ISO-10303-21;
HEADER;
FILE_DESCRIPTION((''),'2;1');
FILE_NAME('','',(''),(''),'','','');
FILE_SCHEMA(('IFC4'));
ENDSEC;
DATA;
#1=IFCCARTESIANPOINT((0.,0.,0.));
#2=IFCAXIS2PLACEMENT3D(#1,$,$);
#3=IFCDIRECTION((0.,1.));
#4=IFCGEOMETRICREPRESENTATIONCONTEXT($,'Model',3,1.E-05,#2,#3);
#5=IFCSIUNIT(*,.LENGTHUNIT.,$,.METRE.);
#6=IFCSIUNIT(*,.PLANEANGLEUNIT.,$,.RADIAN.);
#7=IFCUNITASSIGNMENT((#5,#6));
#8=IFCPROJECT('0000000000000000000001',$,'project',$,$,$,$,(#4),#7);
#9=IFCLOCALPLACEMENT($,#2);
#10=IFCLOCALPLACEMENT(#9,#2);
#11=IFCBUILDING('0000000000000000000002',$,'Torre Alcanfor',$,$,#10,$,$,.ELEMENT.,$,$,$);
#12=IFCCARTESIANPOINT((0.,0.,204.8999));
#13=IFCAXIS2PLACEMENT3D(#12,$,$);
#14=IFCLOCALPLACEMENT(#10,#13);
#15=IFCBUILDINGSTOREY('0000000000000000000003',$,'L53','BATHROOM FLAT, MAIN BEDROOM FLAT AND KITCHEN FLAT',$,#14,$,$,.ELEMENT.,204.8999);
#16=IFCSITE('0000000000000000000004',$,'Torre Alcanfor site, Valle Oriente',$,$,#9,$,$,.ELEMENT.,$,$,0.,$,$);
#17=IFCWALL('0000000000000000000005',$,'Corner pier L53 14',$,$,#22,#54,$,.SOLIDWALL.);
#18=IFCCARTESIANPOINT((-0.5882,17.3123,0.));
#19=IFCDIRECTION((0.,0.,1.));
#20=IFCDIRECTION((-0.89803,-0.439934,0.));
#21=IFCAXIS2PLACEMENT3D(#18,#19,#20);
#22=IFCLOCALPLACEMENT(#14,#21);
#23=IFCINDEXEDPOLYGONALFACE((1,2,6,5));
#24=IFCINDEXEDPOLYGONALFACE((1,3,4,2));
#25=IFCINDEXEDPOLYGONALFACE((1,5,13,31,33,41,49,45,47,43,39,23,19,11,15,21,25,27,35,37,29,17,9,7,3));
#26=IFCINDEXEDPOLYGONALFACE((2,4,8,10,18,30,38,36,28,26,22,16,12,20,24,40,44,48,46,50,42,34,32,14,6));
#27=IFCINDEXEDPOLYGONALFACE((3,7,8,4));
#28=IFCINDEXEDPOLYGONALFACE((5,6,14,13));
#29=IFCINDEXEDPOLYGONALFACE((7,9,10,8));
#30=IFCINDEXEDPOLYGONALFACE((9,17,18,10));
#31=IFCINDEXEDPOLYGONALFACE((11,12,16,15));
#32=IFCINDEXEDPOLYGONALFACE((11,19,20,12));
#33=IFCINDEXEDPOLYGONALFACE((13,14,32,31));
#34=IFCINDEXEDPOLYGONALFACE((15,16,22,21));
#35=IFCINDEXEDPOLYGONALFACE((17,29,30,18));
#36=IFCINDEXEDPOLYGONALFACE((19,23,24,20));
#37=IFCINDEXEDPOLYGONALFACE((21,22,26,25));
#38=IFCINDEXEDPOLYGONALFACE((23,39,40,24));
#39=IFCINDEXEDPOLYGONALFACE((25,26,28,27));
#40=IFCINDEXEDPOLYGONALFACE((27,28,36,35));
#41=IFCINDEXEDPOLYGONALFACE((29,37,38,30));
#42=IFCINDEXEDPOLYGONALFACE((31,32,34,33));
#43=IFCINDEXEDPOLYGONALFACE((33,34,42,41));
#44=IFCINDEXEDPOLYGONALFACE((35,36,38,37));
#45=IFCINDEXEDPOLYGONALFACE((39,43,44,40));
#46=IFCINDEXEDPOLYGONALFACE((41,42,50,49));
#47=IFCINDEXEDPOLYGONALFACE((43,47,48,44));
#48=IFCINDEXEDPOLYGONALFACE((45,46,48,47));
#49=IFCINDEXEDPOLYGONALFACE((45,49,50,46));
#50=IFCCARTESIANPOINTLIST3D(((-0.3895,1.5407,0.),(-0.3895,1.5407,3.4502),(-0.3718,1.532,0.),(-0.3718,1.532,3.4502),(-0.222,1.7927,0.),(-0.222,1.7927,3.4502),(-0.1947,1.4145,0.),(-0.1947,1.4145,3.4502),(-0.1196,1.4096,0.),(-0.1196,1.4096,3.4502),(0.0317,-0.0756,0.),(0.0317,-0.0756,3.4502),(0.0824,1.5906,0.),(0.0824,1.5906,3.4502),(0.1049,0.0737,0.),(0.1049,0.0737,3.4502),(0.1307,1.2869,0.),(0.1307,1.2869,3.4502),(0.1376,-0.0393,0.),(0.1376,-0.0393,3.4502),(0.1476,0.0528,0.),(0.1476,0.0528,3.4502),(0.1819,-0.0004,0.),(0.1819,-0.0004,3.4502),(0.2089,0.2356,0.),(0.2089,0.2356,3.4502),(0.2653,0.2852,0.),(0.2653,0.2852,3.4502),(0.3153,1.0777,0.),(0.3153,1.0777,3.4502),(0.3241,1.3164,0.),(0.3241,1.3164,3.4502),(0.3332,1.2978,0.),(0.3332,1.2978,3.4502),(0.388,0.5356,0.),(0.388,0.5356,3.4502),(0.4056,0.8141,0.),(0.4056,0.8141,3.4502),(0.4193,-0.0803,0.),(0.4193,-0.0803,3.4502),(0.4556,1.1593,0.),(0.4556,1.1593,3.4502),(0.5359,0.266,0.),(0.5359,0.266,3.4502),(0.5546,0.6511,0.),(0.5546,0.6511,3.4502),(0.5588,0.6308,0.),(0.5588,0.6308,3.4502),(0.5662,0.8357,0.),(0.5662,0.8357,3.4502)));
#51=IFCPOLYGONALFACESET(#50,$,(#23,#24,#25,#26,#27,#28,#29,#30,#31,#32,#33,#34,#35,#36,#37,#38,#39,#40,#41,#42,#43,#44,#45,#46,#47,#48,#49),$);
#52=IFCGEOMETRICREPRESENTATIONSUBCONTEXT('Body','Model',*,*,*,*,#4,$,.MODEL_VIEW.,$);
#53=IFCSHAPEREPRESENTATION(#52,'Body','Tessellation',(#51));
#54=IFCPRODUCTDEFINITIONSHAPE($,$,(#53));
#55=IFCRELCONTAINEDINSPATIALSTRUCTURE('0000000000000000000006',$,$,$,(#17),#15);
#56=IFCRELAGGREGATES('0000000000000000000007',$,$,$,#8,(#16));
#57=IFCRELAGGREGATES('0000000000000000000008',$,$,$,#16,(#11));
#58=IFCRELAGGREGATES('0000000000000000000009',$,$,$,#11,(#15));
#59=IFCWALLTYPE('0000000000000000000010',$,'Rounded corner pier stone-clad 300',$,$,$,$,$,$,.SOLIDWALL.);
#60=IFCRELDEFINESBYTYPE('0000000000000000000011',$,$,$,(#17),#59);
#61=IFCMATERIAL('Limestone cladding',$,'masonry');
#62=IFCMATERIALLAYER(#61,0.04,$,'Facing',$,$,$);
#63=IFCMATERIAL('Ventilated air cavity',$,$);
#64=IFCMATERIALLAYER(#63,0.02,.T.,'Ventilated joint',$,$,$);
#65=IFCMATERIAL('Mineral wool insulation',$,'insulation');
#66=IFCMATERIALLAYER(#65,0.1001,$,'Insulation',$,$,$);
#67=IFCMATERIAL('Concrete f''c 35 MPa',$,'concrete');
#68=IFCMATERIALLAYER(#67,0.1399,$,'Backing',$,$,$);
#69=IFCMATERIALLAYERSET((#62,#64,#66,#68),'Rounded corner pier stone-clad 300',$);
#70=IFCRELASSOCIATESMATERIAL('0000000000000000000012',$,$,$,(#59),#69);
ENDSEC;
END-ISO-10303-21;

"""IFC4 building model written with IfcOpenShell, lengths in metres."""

from ifc_helpers import new_model, si_unit, direction, frame, origin, place, context, subcontext, project, spatial, polyline, outline, extrude, material, layer, layer_set, type_object, element, save


model = new_model("IFC4")

# Units and contexts
model_context = context("Model", 3, precision=1e-05, world=origin(), true_north=direction((0.0, 1.0)))
body_context = subcontext(model_context, "Body", "Model", "MODEL_VIEW")
ifc_project = project(units=[si_unit("LENGTHUNIT", "METRE"), si_unit("PLANEANGLEUNIT", "RADIAN")], contexts=[model_context])

# Site, building, storey
site_placement = place(None, origin())
site = spatial("IfcSite", under=ifc_project, at=site_placement, Name="Torre Alcanfor site, Valle Oriente", CompositionType="ELEMENT", RefElevation=0.0)
building_placement = place(site_placement, origin())
building = spatial("IfcBuilding", under=site, at=building_placement, Name="Torre Alcanfor", CompositionType="ELEMENT")
storey_placement = place(building_placement, frame((0.0, 0.0, 204.8999)))
storey = spatial("IfcBuildingStorey", under=building, at=storey_placement, Name="L53", Description="BATHROOM FLAT, MAIN BEDROOM FLAT AND KITCHEN FLAT", CompositionType="ELEMENT", Elevation=204.8999)

# Wall
ifc_material_1 = material(Name="Limestone cladding", Category="masonry")
ifc_layer_1 = layer(ifc_material_1, 0.04, Name="Facing")
ifc_material_2 = material(Name="Ventilated air cavity")
ifc_layer_2 = layer(ifc_material_2, 0.02, ventilated=True, Name="Ventilated joint")
ifc_material_3 = material(Name="Mineral wool insulation", Category="insulation")
ifc_layer_3 = layer(ifc_material_3, 0.1001, Name="Insulation")
ifc_material_4 = material(Name="Concrete f'c 35 MPa", Category="concrete")
ifc_layer_4 = layer(ifc_material_4, 0.1399, Name="Backing")
ifc_layer_set_1 = layer_set([ifc_layer_1, ifc_layer_2, ifc_layer_3, ifc_layer_4], Name="Rounded corner pier stone-clad 300")
wall_type_1 = type_object("IfcWallType", Name="Rounded corner pier stone-clad 300", PredefinedType="SOLIDWALL", material=ifc_layer_set_1)
wall_1_placement = place(storey_placement, frame((-0.5882, 17.3123, 0.0), z_axis=(0.0, 0.0, 1.0), x_axis=(-0.89803, -0.439934, 0.0)))
element("IfcWall", 1, at=wall_1_placement, inside=storey, type_object=wall_type_1, Name="Corner pier L53 14", PredefinedType="SOLIDWALL", context=body_context, shape_type="SweptSolid", body=[
    extrude(outline(polyline([(-0.222, 1.7927), (-0.3895, 1.5407), (-0.3718, 1.532), (-0.1947, 1.4145), (-0.1196, 1.4096), (0.1307, 1.2869), (0.3153, 1.0777), (0.4056, 0.8141), (0.388, 0.5356), (0.2653, 0.2852), (0.2089, 0.2356), (0.1476, 0.0528), (0.1049, 0.0737), (0.0317, -0.0756), (0.1376, -0.0393), (0.1819, -0.0004), (0.4193, -0.0803), (0.5359, 0.266), (0.5588, 0.6308), (0.5546, 0.6511), (0.5662, 0.8357), (0.4556, 1.1593), (0.3332, 1.2978), (0.3241, 1.3164), (0.0824, 1.5906), (-0.222, 1.7927)])), origin(), (0.0, 0.0, 1.0), 3.4502),
])

save(model, "model.ifc")
